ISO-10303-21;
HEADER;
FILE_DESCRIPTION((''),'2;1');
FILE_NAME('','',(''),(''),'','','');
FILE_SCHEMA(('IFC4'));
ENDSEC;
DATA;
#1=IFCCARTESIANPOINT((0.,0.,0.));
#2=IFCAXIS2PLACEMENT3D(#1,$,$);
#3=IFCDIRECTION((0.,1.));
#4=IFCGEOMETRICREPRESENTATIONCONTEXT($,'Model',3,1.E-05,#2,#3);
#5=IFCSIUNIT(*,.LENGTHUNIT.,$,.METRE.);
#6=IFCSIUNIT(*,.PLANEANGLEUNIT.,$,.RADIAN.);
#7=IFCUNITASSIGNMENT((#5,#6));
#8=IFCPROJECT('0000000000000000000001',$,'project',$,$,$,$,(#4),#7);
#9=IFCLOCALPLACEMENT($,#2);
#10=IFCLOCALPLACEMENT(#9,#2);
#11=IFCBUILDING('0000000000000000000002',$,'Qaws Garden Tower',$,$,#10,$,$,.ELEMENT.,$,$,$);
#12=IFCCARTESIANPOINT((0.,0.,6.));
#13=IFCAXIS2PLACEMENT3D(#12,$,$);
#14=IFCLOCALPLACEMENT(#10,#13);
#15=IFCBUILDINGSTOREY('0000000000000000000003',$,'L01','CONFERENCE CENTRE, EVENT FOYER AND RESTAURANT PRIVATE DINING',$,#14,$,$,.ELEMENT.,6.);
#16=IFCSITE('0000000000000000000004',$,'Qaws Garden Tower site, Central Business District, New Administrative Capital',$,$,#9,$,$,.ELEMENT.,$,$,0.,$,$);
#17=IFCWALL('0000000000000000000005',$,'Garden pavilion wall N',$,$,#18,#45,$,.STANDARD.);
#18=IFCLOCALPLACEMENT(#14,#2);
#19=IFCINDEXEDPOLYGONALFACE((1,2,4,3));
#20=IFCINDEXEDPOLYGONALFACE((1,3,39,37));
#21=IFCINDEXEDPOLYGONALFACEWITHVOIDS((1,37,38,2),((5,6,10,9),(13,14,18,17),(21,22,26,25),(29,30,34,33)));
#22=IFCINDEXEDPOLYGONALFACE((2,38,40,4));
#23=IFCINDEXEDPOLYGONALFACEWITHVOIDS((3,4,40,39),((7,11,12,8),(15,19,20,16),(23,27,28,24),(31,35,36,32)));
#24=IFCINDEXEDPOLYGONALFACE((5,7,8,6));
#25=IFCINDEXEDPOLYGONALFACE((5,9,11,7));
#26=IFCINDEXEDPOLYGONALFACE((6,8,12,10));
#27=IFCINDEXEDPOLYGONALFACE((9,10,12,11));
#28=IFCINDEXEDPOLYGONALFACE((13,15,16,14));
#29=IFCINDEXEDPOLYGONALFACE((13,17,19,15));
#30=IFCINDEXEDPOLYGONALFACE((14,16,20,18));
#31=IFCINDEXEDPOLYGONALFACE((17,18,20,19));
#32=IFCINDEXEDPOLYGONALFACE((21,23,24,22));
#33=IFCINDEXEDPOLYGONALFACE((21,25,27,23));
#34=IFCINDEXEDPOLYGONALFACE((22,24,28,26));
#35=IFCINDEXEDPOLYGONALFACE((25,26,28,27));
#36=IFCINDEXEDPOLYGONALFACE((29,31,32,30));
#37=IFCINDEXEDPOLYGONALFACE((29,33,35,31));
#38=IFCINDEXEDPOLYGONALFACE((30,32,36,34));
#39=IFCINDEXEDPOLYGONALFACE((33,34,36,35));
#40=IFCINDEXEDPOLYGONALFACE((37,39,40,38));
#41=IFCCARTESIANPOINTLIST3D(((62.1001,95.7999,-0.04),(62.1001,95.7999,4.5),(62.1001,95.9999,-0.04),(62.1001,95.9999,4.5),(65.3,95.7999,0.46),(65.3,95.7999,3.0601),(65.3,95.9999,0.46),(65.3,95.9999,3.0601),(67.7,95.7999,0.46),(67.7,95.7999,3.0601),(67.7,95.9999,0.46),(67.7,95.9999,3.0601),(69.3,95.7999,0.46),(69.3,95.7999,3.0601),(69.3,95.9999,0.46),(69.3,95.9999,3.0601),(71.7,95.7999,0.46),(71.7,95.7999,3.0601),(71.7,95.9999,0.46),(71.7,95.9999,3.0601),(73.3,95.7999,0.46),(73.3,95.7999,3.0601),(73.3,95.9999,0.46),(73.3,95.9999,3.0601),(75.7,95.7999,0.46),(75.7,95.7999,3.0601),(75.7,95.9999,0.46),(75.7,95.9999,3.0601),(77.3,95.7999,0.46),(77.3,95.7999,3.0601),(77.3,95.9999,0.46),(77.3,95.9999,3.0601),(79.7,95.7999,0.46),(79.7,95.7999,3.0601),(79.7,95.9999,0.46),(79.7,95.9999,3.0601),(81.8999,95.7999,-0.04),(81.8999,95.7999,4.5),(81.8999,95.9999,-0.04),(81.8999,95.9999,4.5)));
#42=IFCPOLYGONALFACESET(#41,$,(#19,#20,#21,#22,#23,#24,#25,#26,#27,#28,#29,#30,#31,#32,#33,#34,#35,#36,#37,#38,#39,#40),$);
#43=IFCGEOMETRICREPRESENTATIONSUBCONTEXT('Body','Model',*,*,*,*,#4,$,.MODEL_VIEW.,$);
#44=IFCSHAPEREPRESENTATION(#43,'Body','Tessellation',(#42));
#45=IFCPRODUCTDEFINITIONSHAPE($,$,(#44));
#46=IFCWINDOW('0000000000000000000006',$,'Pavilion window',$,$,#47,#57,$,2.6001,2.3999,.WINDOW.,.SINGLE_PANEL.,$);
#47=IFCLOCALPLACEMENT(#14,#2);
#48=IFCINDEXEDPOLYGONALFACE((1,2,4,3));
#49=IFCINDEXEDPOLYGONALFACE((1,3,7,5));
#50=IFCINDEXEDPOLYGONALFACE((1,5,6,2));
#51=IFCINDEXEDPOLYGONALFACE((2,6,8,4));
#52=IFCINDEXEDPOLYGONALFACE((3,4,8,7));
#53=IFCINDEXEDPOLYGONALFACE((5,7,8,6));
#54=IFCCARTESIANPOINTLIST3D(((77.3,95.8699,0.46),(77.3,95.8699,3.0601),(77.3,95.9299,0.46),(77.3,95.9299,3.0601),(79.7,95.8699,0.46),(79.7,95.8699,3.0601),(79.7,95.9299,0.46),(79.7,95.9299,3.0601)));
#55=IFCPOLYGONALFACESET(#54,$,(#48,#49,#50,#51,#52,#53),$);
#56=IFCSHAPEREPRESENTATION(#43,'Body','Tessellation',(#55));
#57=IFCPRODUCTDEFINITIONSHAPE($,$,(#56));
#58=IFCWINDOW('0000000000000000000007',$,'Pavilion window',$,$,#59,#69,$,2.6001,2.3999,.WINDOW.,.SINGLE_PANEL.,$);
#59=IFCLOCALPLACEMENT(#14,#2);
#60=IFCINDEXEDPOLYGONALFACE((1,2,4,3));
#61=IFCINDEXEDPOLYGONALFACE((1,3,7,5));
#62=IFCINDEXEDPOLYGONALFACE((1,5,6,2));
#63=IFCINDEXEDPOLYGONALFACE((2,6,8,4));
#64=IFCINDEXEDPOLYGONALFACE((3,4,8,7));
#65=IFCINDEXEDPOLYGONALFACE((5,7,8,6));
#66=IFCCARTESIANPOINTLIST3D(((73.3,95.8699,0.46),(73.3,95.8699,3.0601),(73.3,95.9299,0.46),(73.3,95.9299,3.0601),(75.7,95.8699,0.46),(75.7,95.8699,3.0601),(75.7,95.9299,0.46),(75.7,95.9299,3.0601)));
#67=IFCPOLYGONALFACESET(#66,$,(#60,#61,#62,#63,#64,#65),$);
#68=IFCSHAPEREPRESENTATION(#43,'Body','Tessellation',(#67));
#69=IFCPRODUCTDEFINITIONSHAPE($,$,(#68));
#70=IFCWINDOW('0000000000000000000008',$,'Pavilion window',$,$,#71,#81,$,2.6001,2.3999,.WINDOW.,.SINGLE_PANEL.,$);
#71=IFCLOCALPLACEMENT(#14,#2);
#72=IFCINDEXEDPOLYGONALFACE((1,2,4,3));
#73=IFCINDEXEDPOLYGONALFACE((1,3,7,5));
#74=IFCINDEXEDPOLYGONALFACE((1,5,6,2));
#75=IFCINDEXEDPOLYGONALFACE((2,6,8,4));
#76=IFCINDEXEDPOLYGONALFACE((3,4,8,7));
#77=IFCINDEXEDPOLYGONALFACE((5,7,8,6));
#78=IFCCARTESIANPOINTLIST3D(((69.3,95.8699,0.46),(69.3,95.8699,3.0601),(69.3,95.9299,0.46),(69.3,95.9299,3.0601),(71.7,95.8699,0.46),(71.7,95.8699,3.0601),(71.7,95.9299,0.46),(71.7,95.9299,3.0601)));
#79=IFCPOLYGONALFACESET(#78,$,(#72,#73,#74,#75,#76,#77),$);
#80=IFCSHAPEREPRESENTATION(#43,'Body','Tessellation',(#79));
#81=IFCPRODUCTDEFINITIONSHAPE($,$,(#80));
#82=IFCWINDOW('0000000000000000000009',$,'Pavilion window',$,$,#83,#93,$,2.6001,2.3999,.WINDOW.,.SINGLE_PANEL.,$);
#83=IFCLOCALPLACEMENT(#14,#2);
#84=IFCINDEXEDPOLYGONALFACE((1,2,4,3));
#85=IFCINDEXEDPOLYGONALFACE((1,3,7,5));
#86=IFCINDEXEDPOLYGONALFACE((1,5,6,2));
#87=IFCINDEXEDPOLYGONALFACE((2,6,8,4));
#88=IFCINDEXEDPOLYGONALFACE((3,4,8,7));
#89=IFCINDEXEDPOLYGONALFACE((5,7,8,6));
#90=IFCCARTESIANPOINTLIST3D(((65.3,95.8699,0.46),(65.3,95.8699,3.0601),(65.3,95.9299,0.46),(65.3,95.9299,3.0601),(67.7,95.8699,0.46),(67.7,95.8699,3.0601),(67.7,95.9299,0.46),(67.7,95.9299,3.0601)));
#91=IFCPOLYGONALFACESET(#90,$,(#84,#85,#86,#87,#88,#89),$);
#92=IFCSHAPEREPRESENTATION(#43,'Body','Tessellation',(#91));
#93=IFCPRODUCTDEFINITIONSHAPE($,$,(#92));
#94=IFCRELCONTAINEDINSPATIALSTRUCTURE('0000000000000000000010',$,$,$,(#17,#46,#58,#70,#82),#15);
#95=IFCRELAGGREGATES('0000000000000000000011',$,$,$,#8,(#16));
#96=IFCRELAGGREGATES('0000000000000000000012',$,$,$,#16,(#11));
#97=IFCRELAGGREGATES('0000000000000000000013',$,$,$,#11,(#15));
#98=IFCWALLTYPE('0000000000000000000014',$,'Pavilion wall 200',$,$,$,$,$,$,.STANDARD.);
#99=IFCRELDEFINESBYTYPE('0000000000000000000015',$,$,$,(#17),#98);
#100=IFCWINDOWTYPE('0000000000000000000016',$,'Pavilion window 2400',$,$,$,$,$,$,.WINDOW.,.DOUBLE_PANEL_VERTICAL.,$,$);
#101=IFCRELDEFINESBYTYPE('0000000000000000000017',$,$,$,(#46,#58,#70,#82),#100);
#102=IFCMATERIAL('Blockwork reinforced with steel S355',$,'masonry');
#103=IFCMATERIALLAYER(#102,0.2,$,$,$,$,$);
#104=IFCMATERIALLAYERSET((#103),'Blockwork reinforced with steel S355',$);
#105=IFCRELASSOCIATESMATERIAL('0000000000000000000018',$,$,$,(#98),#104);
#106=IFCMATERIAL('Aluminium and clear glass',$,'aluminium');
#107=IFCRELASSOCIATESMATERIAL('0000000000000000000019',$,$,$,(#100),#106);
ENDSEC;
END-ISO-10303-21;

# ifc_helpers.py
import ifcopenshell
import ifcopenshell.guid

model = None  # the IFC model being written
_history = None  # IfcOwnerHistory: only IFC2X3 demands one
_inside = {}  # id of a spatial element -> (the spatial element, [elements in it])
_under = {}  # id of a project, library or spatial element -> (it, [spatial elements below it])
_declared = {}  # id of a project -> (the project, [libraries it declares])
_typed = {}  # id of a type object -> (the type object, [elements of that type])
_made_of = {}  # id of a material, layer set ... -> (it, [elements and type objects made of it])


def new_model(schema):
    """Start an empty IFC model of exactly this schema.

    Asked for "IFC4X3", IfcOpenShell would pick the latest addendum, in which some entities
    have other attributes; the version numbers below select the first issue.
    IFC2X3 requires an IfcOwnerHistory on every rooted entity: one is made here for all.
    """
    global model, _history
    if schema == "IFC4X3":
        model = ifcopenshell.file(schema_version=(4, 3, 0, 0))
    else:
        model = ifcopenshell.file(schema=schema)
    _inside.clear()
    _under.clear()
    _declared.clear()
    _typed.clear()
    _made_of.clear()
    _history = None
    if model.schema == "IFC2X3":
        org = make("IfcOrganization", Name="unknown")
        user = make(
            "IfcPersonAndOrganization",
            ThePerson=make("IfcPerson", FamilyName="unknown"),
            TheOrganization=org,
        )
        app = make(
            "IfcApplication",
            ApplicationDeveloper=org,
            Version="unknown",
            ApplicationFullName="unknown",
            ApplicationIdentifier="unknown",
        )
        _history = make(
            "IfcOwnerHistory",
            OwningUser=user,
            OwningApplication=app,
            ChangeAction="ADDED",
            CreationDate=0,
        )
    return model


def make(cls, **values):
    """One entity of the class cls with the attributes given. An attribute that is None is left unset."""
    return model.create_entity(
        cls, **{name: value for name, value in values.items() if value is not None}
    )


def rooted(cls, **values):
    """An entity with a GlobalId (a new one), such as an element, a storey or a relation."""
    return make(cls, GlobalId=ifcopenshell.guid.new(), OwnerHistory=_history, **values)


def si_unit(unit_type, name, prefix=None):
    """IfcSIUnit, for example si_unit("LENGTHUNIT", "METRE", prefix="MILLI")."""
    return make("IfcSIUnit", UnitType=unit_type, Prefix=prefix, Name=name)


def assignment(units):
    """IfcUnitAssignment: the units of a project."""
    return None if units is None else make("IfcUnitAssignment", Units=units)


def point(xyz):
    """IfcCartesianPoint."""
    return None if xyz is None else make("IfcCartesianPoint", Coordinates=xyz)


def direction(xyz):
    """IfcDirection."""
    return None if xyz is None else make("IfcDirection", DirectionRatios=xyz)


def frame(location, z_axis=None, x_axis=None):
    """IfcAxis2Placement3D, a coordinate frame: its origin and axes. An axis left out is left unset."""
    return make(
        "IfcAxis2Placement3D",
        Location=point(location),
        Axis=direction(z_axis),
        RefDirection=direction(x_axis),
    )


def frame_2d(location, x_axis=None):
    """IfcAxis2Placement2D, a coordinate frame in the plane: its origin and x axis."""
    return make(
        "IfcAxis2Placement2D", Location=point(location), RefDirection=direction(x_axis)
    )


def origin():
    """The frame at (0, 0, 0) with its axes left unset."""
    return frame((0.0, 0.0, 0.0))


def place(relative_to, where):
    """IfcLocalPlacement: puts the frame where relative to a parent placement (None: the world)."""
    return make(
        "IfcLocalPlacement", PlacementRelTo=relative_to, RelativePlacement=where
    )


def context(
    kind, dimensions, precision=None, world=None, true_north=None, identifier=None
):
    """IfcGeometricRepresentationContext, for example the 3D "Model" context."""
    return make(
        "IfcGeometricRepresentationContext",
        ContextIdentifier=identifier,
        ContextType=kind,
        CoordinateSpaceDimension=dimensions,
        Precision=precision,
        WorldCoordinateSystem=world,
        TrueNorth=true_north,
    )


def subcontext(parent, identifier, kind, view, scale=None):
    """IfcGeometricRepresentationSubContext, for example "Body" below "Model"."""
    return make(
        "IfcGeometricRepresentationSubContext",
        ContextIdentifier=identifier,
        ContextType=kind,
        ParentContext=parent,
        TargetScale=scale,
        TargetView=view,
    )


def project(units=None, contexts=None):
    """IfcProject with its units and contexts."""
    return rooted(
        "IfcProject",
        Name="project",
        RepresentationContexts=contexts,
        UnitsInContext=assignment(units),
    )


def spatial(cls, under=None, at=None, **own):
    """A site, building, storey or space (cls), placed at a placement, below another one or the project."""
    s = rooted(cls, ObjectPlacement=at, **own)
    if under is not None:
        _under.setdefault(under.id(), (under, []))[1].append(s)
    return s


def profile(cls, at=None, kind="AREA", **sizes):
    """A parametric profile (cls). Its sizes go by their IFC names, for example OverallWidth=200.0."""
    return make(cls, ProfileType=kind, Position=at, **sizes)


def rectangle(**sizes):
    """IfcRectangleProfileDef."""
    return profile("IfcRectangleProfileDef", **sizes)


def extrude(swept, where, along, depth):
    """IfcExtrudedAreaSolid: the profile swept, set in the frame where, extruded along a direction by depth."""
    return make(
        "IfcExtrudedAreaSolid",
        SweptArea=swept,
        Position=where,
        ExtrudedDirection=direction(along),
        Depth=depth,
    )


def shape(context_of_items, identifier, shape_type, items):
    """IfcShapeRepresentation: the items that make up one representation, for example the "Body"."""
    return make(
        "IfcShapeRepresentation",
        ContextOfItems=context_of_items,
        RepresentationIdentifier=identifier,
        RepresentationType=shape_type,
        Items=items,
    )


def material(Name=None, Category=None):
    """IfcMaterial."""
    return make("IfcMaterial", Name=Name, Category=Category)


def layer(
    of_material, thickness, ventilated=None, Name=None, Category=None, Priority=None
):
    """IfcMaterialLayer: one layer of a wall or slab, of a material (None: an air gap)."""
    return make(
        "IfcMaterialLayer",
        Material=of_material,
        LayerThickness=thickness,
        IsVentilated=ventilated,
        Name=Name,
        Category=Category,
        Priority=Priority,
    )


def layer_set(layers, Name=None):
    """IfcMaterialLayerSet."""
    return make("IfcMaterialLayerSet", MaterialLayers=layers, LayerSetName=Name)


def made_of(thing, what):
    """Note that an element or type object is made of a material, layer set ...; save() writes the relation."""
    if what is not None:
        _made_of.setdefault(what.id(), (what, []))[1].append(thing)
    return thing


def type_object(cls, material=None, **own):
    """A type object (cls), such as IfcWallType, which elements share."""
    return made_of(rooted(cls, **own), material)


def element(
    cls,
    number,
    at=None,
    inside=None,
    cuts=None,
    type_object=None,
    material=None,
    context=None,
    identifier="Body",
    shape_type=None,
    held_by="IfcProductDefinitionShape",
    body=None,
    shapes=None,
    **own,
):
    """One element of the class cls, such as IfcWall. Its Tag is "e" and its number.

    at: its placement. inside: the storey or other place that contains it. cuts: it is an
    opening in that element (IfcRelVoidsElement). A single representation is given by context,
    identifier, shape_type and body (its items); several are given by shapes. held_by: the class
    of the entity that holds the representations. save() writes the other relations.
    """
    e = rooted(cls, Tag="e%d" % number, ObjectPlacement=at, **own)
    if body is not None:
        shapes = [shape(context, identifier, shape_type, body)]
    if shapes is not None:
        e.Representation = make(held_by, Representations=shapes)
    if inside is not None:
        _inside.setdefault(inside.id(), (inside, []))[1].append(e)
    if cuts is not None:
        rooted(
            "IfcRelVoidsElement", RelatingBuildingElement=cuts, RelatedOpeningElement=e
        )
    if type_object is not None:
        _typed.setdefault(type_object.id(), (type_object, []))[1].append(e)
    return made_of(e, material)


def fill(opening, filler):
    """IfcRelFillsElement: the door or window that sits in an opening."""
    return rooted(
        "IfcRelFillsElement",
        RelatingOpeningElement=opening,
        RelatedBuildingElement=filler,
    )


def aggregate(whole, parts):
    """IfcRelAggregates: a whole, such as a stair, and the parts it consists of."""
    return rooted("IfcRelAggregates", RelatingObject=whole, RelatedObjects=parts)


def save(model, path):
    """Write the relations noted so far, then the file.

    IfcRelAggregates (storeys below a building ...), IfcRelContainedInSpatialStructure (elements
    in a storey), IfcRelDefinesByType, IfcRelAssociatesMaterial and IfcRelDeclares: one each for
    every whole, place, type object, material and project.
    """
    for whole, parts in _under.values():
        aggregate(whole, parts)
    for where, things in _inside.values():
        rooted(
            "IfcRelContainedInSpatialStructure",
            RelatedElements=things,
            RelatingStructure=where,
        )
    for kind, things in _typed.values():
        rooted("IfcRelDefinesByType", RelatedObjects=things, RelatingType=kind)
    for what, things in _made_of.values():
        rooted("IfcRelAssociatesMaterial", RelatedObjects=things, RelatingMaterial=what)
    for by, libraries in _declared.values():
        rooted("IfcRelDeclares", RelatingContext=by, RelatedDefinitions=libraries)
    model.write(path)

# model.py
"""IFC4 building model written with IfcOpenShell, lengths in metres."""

from ifc_helpers import new_model, si_unit, direction, frame, frame_2d, origin, place, context, subcontext, project, spatial, rectangle, extrude, material, layer, layer_set, type_object, element, fill, save


model = new_model("IFC4")

# Units and contexts
model_context = context("Model", 3, precision=1e-05, world=origin(), true_north=direction((0.0, 1.0)))
body_context = subcontext(model_context, "Body", "Model", "MODEL_VIEW")
ifc_project = project(units=[si_unit("LENGTHUNIT", "METRE"), si_unit("PLANEANGLEUNIT", "RADIAN")], contexts=[model_context])

# Site, building, storey
site_placement = place(None, origin())
site = spatial("IfcSite", under=ifc_project, at=site_placement, Name="Qaws Garden Tower site, Central Business District, New Administrative Capital", CompositionType="ELEMENT", RefElevation=0.0)
building_placement = place(site_placement, origin())
building = spatial("IfcBuilding", under=site, at=building_placement, Name="Qaws Garden Tower", CompositionType="ELEMENT")
storey_placement = place(building_placement, frame((0.0, 0.0, 6.0)))
storey = spatial("IfcBuildingStorey", under=building, at=storey_placement, Name="L01", Description="CONFERENCE CENTRE, EVENT FOYER AND RESTAURANT PRIVATE DINING", CompositionType="ELEMENT", Elevation=6.0)

# Wall, openings, windows
ifc_material_1 = material(Name="Blockwork reinforced with steel S355", Category="masonry")
ifc_layer_1 = layer(ifc_material_1, 0.2)
ifc_layer_set_1 = layer_set([ifc_layer_1], Name="Blockwork reinforced with steel S355")
wall_type_1 = type_object("IfcWallType", Name="Pavilion wall 200", PredefinedType="STANDARD", material=ifc_layer_set_1)
wall_1_placement = place(storey_placement, frame((81.8999, 95.8999, -0.04), z_axis=(0.0, 0.0, 1.0), x_axis=(-1.0, 0.0, 0.0)))
wall_1 = element("IfcWall", 1, at=wall_1_placement, inside=storey, type_object=wall_type_1, Name="Garden pavilion wall N", PredefinedType="STANDARD", context=body_context, shape_type="SweptSolid", body=[
    extrude(rectangle(XDim=19.7998, YDim=0.2, at=frame_2d((9.8999, 0.0))), origin(), (0.0, 0.0, 1.0), 4.54),
])
opening_1_placement = place(wall_1_placement, frame((2.2, 0.0, 0.5)))
opening_1 = element("IfcOpeningElement", 2, at=opening_1_placement, cuts=wall_1, PredefinedType="OPENING", context=body_context, shape_type="SweptSolid", body=[
    extrude(rectangle(XDim=2.3999, YDim=2.6001, at=frame_2d((1.2, 1.3))), frame((0.0, 0.1099, 0.0), z_axis=(0.0, -1.0, 0.0), x_axis=(1.0, 0.0, 0.0)), (0.0, 0.0, 1.0), 0.22),
])
opening_2_placement = place(wall_1_placement, frame((6.2, 0.0, 0.5)))
opening_2 = element("IfcOpeningElement", 3, at=opening_2_placement, cuts=wall_1, PredefinedType="OPENING", context=body_context, shape_type="SweptSolid", body=[
    extrude(rectangle(XDim=2.3999, YDim=2.6001, at=frame_2d((1.2, 1.3))), frame((0.0, 0.1099, 0.0), z_axis=(0.0, -1.0, 0.0), x_axis=(1.0, 0.0, 0.0)), (0.0, 0.0, 1.0), 0.22),
])
opening_3_placement = place(wall_1_placement, frame((10.2, 0.0, 0.5)))
opening_3 = element("IfcOpeningElement", 4, at=opening_3_placement, cuts=wall_1, PredefinedType="OPENING", context=body_context, shape_type="SweptSolid", body=[
    extrude(rectangle(XDim=2.3999, YDim=2.6001, at=frame_2d((1.2, 1.3))), frame((0.0, 0.1099, 0.0), z_axis=(0.0, -1.0, 0.0), x_axis=(1.0, 0.0, 0.0)), (0.0, 0.0, 1.0), 0.22),
])
opening_4_placement = place(wall_1_placement, frame((14.2, 0.0, 0.5)))
opening_4 = element("IfcOpeningElement", 5, at=opening_4_placement, cuts=wall_1, PredefinedType="OPENING", context=body_context, shape_type="SweptSolid", body=[
    extrude(rectangle(XDim=2.3999, YDim=2.6001, at=frame_2d((1.2, 1.3))), frame((0.0, 0.1099, 0.0), z_axis=(0.0, -1.0, 0.0), x_axis=(1.0, 0.0, 0.0)), (0.0, 0.0, 1.0), 0.22),
])
ifc_material_2 = material(Name="Aluminium and clear glass", Category="aluminium")
window_type = type_object("IfcWindowType", Name="Pavilion window 2400", PartitioningType="DOUBLE_PANEL_VERTICAL", PredefinedType="WINDOW", material=ifc_material_2)
window_1_placement = place(opening_1_placement, origin())
window_1 = element("IfcWindow", 6, at=window_1_placement, inside=storey, type_object=window_type, Name="Pavilion window", OverallHeight=2.6001, OverallWidth=2.3999, PartitioningType="SINGLE_PANEL", PredefinedType="WINDOW", context=body_context, shape_type="SweptSolid", body=[
    extrude(rectangle(XDim=2.3999, YDim=2.6001, at=frame_2d((1.2, 1.3))), frame((0.0, 0.03, 0.0), z_axis=(0.0, -1.0, 0.0), x_axis=(1.0, 0.0, 0.0)), (0.0, 0.0, 1.0), 0.0601),
])
fill(opening_1, window_1)
window_2_placement = place(opening_2_placement, origin())
window_2 = element("IfcWindow", 7, at=window_2_placement, inside=storey, type_object=window_type, Name="Pavilion window", OverallHeight=2.6001, OverallWidth=2.3999, PartitioningType="SINGLE_PANEL", PredefinedType="WINDOW", context=body_context, shape_type="SweptSolid", body=[
    extrude(rectangle(XDim=2.3999, YDim=2.6001, at=frame_2d((1.2, 1.3))), frame((0.0, 0.03, 0.0), z_axis=(0.0, -1.0, 0.0), x_axis=(1.0, 0.0, 0.0)), (0.0, 0.0, 1.0), 0.0601),
])
fill(opening_2, window_2)
window_3_placement = place(opening_3_placement, origin())
window_3 = element("IfcWindow", 8, at=window_3_placement, inside=storey, type_object=window_type, Name="Pavilion window", OverallHeight=2.6001, OverallWidth=2.3999, PartitioningType="SINGLE_PANEL", PredefinedType="WINDOW", context=body_context, shape_type="SweptSolid", body=[
    extrude(rectangle(XDim=2.3999, YDim=2.6001, at=frame_2d((1.2, 1.3))), frame((0.0, 0.03, 0.0), z_axis=(0.0, -1.0, 0.0), x_axis=(1.0, 0.0, 0.0)), (0.0, 0.0, 1.0), 0.0601),
])
fill(opening_3, window_3)
window_4_placement = place(opening_4_placement, origin())
window_4 = element("IfcWindow", 9, at=window_4_placement, inside=storey, type_object=window_type, Name="Pavilion window", OverallHeight=2.6001, OverallWidth=2.3999, PartitioningType="SINGLE_PANEL", PredefinedType="WINDOW", context=body_context, shape_type="SweptSolid", body=[
    extrude(rectangle(XDim=2.3999, YDim=2.6001, at=frame_2d((1.2, 1.3))), frame((0.0, 0.03, 0.0), z_axis=(0.0, -1.0, 0.0), x_axis=(1.0, 0.0, 0.0)), (0.0, 0.0, 1.0), 0.0601),
])
fill(opening_4, window_4)

save(model, "model.ifc")
